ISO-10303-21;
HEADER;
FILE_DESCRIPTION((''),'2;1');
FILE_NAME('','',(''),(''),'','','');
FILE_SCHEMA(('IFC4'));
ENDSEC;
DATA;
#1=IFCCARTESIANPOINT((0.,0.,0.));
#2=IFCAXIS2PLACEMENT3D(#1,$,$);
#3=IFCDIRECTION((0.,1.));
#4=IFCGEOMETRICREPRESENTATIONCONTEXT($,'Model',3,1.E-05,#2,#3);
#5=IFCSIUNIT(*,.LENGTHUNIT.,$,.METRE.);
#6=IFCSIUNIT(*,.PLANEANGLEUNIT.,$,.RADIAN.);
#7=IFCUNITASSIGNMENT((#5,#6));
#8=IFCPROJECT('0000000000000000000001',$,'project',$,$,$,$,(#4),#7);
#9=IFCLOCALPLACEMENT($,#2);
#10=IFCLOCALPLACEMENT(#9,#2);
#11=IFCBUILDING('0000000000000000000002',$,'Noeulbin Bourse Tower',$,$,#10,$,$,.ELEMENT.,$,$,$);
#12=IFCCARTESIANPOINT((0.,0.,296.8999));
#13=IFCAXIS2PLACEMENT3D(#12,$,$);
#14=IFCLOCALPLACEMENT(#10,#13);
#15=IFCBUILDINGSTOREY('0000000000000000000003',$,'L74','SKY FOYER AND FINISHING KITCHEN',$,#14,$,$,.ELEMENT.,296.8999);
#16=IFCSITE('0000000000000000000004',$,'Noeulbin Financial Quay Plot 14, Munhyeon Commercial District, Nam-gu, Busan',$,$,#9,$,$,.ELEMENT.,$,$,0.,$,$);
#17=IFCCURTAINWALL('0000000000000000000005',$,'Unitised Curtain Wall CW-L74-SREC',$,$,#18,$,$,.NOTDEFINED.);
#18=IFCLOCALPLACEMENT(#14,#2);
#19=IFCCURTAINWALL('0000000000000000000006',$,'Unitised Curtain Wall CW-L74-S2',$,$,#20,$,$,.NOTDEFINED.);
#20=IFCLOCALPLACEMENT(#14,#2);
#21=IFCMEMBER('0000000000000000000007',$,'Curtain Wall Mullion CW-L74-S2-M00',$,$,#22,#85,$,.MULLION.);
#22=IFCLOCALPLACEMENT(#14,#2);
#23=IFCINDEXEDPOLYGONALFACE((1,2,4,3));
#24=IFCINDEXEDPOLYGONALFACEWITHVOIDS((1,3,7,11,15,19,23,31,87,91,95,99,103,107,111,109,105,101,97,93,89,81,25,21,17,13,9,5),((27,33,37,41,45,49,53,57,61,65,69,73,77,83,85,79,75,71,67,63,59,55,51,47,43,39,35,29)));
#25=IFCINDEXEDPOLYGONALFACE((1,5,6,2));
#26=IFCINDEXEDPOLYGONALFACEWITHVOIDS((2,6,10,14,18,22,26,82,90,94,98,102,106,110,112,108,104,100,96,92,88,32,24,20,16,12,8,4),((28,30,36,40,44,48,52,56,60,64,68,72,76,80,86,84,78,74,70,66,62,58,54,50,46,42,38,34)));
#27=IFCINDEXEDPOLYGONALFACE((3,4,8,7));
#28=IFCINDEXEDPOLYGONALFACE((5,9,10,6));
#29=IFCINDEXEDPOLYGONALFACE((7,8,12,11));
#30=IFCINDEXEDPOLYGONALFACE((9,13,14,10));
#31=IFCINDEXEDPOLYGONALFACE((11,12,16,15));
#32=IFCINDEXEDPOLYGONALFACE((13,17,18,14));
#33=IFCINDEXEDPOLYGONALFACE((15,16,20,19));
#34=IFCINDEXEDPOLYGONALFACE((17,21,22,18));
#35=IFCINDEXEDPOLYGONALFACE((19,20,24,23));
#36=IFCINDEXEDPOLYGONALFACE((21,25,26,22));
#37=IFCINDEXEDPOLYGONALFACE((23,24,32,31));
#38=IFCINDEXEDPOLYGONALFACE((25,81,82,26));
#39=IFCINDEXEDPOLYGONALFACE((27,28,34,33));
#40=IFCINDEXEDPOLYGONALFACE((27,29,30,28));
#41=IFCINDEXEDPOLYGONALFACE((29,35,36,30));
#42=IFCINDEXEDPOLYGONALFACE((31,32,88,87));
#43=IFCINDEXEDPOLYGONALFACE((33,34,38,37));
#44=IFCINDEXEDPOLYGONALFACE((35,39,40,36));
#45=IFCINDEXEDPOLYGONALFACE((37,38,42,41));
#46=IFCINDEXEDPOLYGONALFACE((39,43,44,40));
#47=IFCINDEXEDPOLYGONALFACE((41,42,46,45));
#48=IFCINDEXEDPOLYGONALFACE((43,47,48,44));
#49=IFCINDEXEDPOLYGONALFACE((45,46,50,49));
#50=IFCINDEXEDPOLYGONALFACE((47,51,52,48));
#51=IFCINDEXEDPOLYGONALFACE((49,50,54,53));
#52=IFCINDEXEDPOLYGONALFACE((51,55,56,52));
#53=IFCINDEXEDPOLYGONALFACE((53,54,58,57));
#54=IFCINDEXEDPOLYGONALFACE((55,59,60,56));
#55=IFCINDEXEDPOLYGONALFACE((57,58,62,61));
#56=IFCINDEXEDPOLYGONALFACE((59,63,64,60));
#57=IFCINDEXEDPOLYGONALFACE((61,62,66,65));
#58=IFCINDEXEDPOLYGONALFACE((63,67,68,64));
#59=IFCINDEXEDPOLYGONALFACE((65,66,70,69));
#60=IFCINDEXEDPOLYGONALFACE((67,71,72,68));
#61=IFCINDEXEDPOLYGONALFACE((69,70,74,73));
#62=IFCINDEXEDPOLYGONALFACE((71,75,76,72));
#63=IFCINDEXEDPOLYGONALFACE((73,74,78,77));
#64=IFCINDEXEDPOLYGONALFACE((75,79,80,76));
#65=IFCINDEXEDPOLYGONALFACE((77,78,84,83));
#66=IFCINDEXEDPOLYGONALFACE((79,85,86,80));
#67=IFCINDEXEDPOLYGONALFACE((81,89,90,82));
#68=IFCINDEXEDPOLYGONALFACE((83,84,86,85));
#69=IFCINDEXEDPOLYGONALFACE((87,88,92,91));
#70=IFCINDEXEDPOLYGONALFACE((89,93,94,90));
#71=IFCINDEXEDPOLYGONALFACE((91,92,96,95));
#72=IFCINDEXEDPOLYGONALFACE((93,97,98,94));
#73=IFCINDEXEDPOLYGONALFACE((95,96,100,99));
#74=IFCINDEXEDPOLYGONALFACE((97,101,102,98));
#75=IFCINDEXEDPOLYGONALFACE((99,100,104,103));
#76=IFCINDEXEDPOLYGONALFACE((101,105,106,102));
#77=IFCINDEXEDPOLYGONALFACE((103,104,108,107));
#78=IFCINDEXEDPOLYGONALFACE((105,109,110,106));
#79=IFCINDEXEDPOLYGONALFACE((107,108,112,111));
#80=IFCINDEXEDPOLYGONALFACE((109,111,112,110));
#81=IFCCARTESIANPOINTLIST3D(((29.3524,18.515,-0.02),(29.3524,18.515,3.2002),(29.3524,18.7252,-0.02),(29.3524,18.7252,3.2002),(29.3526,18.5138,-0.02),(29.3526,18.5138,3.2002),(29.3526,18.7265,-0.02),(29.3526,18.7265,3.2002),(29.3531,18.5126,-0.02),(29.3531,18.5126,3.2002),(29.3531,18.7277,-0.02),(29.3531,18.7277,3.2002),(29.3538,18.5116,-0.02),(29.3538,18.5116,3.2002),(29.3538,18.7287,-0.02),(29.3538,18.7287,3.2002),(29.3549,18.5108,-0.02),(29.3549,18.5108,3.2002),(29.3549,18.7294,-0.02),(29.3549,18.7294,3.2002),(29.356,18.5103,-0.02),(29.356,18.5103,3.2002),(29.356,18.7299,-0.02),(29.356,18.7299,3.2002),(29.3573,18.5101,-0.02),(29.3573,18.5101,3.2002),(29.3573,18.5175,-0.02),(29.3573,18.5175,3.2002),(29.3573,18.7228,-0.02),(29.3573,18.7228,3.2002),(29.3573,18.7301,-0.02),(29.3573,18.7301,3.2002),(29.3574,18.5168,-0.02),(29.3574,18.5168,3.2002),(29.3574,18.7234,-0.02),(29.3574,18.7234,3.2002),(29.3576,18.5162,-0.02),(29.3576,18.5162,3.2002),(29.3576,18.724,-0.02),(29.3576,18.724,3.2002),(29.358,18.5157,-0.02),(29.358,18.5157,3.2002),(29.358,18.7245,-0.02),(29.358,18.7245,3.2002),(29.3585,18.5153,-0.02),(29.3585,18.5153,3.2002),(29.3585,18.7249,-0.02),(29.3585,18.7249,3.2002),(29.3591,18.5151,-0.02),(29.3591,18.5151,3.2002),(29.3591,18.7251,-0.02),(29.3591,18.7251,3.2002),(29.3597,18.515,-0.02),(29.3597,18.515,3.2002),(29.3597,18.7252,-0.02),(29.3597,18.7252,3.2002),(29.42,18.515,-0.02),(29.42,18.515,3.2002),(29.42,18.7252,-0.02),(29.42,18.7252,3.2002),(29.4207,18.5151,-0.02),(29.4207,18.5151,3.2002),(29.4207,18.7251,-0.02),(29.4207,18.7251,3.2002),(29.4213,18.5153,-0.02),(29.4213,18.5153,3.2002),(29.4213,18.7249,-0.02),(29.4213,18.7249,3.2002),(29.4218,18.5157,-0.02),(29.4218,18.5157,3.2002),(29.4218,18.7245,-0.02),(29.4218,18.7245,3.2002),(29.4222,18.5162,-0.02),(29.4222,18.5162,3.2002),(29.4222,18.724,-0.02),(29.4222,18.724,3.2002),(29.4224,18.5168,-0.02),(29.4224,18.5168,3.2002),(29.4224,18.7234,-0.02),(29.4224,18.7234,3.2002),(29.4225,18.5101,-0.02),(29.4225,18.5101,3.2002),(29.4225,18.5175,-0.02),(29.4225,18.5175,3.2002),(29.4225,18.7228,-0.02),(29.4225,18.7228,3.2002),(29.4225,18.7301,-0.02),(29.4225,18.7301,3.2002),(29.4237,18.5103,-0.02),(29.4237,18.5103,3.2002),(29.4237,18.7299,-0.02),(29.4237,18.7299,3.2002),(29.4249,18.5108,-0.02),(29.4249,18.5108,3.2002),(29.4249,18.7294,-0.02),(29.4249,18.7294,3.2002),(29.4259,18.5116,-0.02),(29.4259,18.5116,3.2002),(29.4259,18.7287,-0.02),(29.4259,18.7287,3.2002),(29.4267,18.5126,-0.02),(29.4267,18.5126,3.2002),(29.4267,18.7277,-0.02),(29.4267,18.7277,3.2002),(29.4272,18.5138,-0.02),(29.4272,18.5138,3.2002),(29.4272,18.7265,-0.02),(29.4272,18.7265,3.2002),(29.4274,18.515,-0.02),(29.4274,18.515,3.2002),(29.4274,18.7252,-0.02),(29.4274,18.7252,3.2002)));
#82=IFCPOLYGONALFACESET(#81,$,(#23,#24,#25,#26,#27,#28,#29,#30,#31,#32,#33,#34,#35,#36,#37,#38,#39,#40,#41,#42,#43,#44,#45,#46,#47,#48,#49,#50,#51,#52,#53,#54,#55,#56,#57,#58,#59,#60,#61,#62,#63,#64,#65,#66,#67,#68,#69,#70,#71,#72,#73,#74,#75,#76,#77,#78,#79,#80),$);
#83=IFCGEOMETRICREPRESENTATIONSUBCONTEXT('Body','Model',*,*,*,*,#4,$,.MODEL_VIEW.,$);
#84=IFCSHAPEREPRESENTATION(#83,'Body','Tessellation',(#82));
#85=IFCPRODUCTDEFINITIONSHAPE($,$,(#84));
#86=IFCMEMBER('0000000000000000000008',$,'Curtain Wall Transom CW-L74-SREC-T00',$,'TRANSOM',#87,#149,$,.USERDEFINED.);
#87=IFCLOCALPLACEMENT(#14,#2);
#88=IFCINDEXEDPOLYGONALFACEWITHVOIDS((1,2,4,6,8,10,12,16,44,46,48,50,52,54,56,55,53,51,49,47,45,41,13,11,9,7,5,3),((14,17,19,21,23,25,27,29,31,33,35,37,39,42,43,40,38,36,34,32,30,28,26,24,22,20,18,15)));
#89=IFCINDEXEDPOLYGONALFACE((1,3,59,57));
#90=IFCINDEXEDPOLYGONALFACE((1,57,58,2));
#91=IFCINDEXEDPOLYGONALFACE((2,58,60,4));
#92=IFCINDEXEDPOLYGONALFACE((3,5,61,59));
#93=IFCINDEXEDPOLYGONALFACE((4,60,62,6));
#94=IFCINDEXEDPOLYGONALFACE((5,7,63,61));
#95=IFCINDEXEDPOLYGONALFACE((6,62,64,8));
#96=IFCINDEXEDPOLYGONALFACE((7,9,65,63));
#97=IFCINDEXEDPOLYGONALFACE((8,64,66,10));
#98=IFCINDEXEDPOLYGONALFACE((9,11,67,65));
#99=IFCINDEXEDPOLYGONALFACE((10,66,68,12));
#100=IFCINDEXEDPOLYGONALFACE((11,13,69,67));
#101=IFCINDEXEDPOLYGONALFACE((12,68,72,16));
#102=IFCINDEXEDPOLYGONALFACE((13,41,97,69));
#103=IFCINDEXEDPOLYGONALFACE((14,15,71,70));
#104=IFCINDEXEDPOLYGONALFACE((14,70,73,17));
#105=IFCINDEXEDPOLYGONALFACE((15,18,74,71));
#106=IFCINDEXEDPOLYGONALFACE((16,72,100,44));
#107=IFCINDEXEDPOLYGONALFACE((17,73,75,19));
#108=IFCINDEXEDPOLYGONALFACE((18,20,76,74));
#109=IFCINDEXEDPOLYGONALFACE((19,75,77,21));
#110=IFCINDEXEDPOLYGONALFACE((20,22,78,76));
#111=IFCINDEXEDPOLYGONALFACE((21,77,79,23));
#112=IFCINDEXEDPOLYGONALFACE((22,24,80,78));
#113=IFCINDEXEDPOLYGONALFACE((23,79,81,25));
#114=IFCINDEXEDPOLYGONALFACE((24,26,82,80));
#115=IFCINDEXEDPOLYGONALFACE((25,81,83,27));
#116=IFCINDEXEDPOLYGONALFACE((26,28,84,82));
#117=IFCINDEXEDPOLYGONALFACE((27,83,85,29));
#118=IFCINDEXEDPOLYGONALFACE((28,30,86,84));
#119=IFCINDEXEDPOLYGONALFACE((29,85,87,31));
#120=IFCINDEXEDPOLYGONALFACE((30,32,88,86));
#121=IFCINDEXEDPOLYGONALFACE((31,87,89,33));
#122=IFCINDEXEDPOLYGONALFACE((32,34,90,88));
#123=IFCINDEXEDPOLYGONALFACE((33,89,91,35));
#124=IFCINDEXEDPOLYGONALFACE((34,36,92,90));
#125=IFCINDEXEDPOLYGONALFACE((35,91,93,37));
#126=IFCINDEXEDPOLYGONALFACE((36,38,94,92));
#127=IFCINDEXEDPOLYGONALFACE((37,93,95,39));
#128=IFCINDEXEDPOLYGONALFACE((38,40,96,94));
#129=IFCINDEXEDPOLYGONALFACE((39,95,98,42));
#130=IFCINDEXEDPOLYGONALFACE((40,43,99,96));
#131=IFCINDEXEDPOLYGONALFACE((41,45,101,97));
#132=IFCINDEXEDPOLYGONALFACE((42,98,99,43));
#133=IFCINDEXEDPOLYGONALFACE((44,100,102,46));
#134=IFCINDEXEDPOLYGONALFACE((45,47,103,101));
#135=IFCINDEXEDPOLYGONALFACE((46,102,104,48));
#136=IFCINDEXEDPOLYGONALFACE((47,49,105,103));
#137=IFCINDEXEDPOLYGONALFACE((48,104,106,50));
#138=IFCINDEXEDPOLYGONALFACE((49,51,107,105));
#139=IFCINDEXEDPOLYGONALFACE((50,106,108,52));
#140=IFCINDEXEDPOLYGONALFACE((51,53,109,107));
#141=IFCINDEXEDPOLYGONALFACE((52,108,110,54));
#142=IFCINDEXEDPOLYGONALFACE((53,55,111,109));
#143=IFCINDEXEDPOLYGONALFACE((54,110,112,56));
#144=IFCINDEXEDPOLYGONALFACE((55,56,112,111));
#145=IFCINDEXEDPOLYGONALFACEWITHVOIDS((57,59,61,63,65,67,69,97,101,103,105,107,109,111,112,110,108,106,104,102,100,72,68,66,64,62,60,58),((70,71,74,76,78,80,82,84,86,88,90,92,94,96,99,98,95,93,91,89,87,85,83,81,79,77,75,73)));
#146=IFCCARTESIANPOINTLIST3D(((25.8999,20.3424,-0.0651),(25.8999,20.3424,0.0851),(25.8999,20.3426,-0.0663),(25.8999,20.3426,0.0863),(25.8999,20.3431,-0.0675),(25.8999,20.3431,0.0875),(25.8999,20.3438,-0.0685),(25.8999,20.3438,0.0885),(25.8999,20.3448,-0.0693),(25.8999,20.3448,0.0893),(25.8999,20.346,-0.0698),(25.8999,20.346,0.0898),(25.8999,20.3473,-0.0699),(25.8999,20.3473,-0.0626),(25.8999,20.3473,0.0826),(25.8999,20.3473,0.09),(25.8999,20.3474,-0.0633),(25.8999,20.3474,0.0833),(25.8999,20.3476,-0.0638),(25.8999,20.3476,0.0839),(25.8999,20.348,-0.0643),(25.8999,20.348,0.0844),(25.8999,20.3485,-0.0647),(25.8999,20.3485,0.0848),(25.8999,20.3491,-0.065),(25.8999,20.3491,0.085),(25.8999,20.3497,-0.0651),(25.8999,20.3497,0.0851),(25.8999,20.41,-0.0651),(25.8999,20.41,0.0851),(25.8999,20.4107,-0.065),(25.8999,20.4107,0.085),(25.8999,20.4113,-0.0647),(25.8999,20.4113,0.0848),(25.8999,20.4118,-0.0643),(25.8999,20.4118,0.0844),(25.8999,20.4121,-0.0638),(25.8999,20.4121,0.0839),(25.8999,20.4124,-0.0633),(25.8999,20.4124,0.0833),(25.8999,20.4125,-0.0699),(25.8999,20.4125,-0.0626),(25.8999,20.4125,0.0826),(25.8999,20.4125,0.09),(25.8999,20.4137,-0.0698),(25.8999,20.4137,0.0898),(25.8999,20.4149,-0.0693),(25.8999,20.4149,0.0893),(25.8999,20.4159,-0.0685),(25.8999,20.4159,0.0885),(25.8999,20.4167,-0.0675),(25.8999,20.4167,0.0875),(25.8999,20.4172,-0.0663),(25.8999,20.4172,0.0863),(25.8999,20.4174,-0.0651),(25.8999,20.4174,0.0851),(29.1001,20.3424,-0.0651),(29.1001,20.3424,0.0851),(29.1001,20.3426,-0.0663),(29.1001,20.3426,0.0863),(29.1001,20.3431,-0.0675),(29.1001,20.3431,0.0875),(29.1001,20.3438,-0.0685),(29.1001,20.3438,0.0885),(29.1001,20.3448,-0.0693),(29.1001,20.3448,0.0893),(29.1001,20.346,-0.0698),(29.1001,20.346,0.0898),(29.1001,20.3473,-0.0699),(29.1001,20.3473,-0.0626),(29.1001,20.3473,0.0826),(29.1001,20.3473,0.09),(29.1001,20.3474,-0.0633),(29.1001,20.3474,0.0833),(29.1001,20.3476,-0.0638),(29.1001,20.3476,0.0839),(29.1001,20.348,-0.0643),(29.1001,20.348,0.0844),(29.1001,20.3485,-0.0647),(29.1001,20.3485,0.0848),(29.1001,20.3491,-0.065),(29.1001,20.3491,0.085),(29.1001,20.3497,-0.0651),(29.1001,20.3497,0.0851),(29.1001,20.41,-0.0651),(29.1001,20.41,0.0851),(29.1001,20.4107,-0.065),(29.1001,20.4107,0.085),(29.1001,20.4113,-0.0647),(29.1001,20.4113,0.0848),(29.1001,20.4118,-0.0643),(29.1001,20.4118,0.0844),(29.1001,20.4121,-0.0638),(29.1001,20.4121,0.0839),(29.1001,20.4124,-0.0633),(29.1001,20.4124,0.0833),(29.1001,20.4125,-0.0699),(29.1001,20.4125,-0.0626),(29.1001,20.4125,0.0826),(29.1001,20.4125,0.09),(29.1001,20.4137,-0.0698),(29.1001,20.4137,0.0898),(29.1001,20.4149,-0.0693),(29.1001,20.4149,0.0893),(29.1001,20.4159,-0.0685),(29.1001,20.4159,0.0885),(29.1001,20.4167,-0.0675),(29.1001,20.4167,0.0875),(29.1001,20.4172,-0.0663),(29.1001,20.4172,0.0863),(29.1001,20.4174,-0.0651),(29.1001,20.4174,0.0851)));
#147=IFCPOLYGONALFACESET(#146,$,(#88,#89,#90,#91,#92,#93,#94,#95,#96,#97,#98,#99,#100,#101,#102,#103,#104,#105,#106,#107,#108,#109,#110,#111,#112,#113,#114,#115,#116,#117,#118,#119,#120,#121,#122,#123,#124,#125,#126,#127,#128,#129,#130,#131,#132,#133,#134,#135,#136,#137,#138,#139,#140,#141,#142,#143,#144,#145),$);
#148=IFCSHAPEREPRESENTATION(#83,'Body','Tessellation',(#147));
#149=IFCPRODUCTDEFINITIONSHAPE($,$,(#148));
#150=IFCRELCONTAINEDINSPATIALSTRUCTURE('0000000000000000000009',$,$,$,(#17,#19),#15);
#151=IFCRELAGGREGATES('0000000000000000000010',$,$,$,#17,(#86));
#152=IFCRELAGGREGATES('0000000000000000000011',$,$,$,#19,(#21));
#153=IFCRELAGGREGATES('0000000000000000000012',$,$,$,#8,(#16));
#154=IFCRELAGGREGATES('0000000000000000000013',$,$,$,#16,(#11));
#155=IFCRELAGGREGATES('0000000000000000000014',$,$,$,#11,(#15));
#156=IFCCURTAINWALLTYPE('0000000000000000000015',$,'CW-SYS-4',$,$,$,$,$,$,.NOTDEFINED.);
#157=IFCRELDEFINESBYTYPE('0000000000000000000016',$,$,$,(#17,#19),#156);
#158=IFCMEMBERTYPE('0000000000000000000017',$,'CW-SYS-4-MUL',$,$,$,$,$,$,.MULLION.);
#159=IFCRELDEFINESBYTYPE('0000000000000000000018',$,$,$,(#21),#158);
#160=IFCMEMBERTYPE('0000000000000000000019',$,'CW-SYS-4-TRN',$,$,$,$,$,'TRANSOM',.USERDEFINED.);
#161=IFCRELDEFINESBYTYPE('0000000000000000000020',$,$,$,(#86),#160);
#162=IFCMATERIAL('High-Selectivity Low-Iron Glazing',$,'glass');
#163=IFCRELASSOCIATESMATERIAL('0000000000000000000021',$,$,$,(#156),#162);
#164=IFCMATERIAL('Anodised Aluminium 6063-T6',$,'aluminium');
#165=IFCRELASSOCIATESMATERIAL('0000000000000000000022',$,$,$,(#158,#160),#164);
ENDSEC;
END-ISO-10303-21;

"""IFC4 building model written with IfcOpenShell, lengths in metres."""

from ifc_helpers import new_model, si_unit, direction, frame, origin, origin_2d, place, context, subcontext, project, spatial, hollow_rectangle, extrude, material, material_profile, profile_set, type_object, element, aggregate, save


model = new_model("IFC4")

# Units and contexts
model_context = context("Model", 3, precision=1e-05, world=origin(), true_north=direction((0.0, 1.0)))
body_context = subcontext(model_context, "Body", "Model", "MODEL_VIEW")
ifc_project = project(units=[si_unit("LENGTHUNIT", "METRE"), si_unit("PLANEANGLEUNIT", "RADIAN")], contexts=[model_context])

# Site, building, storey
site_placement = place(None, origin())
site = spatial("IfcSite", under=ifc_project, at=site_placement, Name="Noeulbin Financial Quay Plot 14, Munhyeon Commercial District, Nam-gu, Busan", CompositionType="ELEMENT", RefElevation=0.0)
building_placement = place(site_placement, origin())
building = spatial("IfcBuilding", under=site, at=building_placement, Name="Noeulbin Bourse Tower", CompositionType="ELEMENT")
storey_placement = place(building_placement, frame((0.0, 0.0, 296.8999)))
storey = spatial("IfcBuildingStorey", under=building, at=storey_placement, Name="L74", Description="SKY FOYER AND FINISHING KITCHEN", CompositionType="ELEMENT", Elevation=296.8999)

# Curtain wall
ifc_material_1 = material(Name="High-Selectivity Low-Iron Glazing", Category="glass")
curtain_wall_type = type_object("IfcCurtainWallType", Name="CW-SYS-4", PredefinedType="NOTDEFINED", material=ifc_material_1)
curtain_wall_1_placement = place(storey_placement, origin())
curtain_wall_1 = element("IfcCurtainWall", 1, at=curtain_wall_1_placement, inside=storey, type_object=curtain_wall_type, Name="Unitised Curtain Wall CW-L74-SREC", PredefinedType="NOTDEFINED")
ifc_material_2 = material(Name="Anodised Aluminium 6063-T6", Category="aluminium")
ifc_material_profile_1 = material_profile(ifc_material_2, hollow_rectangle(XDim=0.075, YDim=0.22, WallThickness=0.0049, InnerFilletRadius=0.0024, OuterFilletRadius=0.0049, at=origin_2d()), Name="ALU-MULL-75x220x5", Category="LoadBearing")
ifc_profile_set_1 = profile_set([ifc_material_profile_1], Name="Anodised Aluminium 6063-T6")
member_type_1 = type_object("IfcMemberType", Name="CW-SYS-4-MUL", PredefinedType="MULLION", material=ifc_profile_set_1)

# Curtain wall, member
curtain_wall_2_placement = place(storey_placement, origin())
curtain_wall_2 = element("IfcCurtainWall", 2, at=curtain_wall_2_placement, inside=storey, type_object=curtain_wall_type, Name="Unitised Curtain Wall CW-L74-S2", PredefinedType="NOTDEFINED")
member_1_placement = place(storey_placement, frame((29.3899, 18.6201, -0.02), z_axis=(0.0, 0.0, 1.0), x_axis=(1.0, 0.0, 0.0)))
member_1 = element("IfcMember", 3, at=member_1_placement, type_object=member_type_1, Name="Curtain Wall Mullion CW-L74-S2-M00", PredefinedType="MULLION", context=body_context, shape_type="SweptSolid", body=[
    extrude(hollow_rectangle(XDim=0.075, YDim=0.22, WallThickness=0.0049, InnerFilletRadius=0.0024, OuterFilletRadius=0.0049, at=origin_2d()), origin(), (0.0, 0.0, 1.0), 3.2202),
])

# Member
ifc_material_profile_2 = material_profile(ifc_material_2, hollow_rectangle(XDim=0.075, YDim=0.1599, WallThickness=0.0049, InnerFilletRadius=0.0024, OuterFilletRadius=0.0049, at=origin_2d()), Name="ALU-TRAN-75x160x5", Category="LoadBearing")
ifc_profile_set_2 = profile_set([ifc_material_profile_2], Name="Anodised Aluminium 6063-T6")
member_type_2 = type_object("IfcMemberType", Name="CW-SYS-4-TRN", ElementType="TRANSOM", PredefinedType="USERDEFINED", material=ifc_profile_set_2)
member_2_placement = place(storey_placement, frame((25.8999, 20.3799, 0.01), z_axis=(1.0, 0.0, 0.0), x_axis=(0.0, 1.0, 0.0)))
member_2 = element("IfcMember", 4, at=member_2_placement, type_object=member_type_2, Name="Curtain Wall Transom CW-L74-SREC-T00", ObjectType="TRANSOM", PredefinedType="USERDEFINED", context=body_context, shape_type="SweptSolid", body=[
    extrude(hollow_rectangle(XDim=0.075, YDim=0.1599, WallThickness=0.0049, InnerFilletRadius=0.0024, OuterFilletRadius=0.0049, at=origin_2d()), origin(), (0.0, 0.0, 1.0), 3.2002),
])

aggregate(curtain_wall_1, [member_2])
aggregate(curtain_wall_2, [member_1])

save(model, "model.ifc")
